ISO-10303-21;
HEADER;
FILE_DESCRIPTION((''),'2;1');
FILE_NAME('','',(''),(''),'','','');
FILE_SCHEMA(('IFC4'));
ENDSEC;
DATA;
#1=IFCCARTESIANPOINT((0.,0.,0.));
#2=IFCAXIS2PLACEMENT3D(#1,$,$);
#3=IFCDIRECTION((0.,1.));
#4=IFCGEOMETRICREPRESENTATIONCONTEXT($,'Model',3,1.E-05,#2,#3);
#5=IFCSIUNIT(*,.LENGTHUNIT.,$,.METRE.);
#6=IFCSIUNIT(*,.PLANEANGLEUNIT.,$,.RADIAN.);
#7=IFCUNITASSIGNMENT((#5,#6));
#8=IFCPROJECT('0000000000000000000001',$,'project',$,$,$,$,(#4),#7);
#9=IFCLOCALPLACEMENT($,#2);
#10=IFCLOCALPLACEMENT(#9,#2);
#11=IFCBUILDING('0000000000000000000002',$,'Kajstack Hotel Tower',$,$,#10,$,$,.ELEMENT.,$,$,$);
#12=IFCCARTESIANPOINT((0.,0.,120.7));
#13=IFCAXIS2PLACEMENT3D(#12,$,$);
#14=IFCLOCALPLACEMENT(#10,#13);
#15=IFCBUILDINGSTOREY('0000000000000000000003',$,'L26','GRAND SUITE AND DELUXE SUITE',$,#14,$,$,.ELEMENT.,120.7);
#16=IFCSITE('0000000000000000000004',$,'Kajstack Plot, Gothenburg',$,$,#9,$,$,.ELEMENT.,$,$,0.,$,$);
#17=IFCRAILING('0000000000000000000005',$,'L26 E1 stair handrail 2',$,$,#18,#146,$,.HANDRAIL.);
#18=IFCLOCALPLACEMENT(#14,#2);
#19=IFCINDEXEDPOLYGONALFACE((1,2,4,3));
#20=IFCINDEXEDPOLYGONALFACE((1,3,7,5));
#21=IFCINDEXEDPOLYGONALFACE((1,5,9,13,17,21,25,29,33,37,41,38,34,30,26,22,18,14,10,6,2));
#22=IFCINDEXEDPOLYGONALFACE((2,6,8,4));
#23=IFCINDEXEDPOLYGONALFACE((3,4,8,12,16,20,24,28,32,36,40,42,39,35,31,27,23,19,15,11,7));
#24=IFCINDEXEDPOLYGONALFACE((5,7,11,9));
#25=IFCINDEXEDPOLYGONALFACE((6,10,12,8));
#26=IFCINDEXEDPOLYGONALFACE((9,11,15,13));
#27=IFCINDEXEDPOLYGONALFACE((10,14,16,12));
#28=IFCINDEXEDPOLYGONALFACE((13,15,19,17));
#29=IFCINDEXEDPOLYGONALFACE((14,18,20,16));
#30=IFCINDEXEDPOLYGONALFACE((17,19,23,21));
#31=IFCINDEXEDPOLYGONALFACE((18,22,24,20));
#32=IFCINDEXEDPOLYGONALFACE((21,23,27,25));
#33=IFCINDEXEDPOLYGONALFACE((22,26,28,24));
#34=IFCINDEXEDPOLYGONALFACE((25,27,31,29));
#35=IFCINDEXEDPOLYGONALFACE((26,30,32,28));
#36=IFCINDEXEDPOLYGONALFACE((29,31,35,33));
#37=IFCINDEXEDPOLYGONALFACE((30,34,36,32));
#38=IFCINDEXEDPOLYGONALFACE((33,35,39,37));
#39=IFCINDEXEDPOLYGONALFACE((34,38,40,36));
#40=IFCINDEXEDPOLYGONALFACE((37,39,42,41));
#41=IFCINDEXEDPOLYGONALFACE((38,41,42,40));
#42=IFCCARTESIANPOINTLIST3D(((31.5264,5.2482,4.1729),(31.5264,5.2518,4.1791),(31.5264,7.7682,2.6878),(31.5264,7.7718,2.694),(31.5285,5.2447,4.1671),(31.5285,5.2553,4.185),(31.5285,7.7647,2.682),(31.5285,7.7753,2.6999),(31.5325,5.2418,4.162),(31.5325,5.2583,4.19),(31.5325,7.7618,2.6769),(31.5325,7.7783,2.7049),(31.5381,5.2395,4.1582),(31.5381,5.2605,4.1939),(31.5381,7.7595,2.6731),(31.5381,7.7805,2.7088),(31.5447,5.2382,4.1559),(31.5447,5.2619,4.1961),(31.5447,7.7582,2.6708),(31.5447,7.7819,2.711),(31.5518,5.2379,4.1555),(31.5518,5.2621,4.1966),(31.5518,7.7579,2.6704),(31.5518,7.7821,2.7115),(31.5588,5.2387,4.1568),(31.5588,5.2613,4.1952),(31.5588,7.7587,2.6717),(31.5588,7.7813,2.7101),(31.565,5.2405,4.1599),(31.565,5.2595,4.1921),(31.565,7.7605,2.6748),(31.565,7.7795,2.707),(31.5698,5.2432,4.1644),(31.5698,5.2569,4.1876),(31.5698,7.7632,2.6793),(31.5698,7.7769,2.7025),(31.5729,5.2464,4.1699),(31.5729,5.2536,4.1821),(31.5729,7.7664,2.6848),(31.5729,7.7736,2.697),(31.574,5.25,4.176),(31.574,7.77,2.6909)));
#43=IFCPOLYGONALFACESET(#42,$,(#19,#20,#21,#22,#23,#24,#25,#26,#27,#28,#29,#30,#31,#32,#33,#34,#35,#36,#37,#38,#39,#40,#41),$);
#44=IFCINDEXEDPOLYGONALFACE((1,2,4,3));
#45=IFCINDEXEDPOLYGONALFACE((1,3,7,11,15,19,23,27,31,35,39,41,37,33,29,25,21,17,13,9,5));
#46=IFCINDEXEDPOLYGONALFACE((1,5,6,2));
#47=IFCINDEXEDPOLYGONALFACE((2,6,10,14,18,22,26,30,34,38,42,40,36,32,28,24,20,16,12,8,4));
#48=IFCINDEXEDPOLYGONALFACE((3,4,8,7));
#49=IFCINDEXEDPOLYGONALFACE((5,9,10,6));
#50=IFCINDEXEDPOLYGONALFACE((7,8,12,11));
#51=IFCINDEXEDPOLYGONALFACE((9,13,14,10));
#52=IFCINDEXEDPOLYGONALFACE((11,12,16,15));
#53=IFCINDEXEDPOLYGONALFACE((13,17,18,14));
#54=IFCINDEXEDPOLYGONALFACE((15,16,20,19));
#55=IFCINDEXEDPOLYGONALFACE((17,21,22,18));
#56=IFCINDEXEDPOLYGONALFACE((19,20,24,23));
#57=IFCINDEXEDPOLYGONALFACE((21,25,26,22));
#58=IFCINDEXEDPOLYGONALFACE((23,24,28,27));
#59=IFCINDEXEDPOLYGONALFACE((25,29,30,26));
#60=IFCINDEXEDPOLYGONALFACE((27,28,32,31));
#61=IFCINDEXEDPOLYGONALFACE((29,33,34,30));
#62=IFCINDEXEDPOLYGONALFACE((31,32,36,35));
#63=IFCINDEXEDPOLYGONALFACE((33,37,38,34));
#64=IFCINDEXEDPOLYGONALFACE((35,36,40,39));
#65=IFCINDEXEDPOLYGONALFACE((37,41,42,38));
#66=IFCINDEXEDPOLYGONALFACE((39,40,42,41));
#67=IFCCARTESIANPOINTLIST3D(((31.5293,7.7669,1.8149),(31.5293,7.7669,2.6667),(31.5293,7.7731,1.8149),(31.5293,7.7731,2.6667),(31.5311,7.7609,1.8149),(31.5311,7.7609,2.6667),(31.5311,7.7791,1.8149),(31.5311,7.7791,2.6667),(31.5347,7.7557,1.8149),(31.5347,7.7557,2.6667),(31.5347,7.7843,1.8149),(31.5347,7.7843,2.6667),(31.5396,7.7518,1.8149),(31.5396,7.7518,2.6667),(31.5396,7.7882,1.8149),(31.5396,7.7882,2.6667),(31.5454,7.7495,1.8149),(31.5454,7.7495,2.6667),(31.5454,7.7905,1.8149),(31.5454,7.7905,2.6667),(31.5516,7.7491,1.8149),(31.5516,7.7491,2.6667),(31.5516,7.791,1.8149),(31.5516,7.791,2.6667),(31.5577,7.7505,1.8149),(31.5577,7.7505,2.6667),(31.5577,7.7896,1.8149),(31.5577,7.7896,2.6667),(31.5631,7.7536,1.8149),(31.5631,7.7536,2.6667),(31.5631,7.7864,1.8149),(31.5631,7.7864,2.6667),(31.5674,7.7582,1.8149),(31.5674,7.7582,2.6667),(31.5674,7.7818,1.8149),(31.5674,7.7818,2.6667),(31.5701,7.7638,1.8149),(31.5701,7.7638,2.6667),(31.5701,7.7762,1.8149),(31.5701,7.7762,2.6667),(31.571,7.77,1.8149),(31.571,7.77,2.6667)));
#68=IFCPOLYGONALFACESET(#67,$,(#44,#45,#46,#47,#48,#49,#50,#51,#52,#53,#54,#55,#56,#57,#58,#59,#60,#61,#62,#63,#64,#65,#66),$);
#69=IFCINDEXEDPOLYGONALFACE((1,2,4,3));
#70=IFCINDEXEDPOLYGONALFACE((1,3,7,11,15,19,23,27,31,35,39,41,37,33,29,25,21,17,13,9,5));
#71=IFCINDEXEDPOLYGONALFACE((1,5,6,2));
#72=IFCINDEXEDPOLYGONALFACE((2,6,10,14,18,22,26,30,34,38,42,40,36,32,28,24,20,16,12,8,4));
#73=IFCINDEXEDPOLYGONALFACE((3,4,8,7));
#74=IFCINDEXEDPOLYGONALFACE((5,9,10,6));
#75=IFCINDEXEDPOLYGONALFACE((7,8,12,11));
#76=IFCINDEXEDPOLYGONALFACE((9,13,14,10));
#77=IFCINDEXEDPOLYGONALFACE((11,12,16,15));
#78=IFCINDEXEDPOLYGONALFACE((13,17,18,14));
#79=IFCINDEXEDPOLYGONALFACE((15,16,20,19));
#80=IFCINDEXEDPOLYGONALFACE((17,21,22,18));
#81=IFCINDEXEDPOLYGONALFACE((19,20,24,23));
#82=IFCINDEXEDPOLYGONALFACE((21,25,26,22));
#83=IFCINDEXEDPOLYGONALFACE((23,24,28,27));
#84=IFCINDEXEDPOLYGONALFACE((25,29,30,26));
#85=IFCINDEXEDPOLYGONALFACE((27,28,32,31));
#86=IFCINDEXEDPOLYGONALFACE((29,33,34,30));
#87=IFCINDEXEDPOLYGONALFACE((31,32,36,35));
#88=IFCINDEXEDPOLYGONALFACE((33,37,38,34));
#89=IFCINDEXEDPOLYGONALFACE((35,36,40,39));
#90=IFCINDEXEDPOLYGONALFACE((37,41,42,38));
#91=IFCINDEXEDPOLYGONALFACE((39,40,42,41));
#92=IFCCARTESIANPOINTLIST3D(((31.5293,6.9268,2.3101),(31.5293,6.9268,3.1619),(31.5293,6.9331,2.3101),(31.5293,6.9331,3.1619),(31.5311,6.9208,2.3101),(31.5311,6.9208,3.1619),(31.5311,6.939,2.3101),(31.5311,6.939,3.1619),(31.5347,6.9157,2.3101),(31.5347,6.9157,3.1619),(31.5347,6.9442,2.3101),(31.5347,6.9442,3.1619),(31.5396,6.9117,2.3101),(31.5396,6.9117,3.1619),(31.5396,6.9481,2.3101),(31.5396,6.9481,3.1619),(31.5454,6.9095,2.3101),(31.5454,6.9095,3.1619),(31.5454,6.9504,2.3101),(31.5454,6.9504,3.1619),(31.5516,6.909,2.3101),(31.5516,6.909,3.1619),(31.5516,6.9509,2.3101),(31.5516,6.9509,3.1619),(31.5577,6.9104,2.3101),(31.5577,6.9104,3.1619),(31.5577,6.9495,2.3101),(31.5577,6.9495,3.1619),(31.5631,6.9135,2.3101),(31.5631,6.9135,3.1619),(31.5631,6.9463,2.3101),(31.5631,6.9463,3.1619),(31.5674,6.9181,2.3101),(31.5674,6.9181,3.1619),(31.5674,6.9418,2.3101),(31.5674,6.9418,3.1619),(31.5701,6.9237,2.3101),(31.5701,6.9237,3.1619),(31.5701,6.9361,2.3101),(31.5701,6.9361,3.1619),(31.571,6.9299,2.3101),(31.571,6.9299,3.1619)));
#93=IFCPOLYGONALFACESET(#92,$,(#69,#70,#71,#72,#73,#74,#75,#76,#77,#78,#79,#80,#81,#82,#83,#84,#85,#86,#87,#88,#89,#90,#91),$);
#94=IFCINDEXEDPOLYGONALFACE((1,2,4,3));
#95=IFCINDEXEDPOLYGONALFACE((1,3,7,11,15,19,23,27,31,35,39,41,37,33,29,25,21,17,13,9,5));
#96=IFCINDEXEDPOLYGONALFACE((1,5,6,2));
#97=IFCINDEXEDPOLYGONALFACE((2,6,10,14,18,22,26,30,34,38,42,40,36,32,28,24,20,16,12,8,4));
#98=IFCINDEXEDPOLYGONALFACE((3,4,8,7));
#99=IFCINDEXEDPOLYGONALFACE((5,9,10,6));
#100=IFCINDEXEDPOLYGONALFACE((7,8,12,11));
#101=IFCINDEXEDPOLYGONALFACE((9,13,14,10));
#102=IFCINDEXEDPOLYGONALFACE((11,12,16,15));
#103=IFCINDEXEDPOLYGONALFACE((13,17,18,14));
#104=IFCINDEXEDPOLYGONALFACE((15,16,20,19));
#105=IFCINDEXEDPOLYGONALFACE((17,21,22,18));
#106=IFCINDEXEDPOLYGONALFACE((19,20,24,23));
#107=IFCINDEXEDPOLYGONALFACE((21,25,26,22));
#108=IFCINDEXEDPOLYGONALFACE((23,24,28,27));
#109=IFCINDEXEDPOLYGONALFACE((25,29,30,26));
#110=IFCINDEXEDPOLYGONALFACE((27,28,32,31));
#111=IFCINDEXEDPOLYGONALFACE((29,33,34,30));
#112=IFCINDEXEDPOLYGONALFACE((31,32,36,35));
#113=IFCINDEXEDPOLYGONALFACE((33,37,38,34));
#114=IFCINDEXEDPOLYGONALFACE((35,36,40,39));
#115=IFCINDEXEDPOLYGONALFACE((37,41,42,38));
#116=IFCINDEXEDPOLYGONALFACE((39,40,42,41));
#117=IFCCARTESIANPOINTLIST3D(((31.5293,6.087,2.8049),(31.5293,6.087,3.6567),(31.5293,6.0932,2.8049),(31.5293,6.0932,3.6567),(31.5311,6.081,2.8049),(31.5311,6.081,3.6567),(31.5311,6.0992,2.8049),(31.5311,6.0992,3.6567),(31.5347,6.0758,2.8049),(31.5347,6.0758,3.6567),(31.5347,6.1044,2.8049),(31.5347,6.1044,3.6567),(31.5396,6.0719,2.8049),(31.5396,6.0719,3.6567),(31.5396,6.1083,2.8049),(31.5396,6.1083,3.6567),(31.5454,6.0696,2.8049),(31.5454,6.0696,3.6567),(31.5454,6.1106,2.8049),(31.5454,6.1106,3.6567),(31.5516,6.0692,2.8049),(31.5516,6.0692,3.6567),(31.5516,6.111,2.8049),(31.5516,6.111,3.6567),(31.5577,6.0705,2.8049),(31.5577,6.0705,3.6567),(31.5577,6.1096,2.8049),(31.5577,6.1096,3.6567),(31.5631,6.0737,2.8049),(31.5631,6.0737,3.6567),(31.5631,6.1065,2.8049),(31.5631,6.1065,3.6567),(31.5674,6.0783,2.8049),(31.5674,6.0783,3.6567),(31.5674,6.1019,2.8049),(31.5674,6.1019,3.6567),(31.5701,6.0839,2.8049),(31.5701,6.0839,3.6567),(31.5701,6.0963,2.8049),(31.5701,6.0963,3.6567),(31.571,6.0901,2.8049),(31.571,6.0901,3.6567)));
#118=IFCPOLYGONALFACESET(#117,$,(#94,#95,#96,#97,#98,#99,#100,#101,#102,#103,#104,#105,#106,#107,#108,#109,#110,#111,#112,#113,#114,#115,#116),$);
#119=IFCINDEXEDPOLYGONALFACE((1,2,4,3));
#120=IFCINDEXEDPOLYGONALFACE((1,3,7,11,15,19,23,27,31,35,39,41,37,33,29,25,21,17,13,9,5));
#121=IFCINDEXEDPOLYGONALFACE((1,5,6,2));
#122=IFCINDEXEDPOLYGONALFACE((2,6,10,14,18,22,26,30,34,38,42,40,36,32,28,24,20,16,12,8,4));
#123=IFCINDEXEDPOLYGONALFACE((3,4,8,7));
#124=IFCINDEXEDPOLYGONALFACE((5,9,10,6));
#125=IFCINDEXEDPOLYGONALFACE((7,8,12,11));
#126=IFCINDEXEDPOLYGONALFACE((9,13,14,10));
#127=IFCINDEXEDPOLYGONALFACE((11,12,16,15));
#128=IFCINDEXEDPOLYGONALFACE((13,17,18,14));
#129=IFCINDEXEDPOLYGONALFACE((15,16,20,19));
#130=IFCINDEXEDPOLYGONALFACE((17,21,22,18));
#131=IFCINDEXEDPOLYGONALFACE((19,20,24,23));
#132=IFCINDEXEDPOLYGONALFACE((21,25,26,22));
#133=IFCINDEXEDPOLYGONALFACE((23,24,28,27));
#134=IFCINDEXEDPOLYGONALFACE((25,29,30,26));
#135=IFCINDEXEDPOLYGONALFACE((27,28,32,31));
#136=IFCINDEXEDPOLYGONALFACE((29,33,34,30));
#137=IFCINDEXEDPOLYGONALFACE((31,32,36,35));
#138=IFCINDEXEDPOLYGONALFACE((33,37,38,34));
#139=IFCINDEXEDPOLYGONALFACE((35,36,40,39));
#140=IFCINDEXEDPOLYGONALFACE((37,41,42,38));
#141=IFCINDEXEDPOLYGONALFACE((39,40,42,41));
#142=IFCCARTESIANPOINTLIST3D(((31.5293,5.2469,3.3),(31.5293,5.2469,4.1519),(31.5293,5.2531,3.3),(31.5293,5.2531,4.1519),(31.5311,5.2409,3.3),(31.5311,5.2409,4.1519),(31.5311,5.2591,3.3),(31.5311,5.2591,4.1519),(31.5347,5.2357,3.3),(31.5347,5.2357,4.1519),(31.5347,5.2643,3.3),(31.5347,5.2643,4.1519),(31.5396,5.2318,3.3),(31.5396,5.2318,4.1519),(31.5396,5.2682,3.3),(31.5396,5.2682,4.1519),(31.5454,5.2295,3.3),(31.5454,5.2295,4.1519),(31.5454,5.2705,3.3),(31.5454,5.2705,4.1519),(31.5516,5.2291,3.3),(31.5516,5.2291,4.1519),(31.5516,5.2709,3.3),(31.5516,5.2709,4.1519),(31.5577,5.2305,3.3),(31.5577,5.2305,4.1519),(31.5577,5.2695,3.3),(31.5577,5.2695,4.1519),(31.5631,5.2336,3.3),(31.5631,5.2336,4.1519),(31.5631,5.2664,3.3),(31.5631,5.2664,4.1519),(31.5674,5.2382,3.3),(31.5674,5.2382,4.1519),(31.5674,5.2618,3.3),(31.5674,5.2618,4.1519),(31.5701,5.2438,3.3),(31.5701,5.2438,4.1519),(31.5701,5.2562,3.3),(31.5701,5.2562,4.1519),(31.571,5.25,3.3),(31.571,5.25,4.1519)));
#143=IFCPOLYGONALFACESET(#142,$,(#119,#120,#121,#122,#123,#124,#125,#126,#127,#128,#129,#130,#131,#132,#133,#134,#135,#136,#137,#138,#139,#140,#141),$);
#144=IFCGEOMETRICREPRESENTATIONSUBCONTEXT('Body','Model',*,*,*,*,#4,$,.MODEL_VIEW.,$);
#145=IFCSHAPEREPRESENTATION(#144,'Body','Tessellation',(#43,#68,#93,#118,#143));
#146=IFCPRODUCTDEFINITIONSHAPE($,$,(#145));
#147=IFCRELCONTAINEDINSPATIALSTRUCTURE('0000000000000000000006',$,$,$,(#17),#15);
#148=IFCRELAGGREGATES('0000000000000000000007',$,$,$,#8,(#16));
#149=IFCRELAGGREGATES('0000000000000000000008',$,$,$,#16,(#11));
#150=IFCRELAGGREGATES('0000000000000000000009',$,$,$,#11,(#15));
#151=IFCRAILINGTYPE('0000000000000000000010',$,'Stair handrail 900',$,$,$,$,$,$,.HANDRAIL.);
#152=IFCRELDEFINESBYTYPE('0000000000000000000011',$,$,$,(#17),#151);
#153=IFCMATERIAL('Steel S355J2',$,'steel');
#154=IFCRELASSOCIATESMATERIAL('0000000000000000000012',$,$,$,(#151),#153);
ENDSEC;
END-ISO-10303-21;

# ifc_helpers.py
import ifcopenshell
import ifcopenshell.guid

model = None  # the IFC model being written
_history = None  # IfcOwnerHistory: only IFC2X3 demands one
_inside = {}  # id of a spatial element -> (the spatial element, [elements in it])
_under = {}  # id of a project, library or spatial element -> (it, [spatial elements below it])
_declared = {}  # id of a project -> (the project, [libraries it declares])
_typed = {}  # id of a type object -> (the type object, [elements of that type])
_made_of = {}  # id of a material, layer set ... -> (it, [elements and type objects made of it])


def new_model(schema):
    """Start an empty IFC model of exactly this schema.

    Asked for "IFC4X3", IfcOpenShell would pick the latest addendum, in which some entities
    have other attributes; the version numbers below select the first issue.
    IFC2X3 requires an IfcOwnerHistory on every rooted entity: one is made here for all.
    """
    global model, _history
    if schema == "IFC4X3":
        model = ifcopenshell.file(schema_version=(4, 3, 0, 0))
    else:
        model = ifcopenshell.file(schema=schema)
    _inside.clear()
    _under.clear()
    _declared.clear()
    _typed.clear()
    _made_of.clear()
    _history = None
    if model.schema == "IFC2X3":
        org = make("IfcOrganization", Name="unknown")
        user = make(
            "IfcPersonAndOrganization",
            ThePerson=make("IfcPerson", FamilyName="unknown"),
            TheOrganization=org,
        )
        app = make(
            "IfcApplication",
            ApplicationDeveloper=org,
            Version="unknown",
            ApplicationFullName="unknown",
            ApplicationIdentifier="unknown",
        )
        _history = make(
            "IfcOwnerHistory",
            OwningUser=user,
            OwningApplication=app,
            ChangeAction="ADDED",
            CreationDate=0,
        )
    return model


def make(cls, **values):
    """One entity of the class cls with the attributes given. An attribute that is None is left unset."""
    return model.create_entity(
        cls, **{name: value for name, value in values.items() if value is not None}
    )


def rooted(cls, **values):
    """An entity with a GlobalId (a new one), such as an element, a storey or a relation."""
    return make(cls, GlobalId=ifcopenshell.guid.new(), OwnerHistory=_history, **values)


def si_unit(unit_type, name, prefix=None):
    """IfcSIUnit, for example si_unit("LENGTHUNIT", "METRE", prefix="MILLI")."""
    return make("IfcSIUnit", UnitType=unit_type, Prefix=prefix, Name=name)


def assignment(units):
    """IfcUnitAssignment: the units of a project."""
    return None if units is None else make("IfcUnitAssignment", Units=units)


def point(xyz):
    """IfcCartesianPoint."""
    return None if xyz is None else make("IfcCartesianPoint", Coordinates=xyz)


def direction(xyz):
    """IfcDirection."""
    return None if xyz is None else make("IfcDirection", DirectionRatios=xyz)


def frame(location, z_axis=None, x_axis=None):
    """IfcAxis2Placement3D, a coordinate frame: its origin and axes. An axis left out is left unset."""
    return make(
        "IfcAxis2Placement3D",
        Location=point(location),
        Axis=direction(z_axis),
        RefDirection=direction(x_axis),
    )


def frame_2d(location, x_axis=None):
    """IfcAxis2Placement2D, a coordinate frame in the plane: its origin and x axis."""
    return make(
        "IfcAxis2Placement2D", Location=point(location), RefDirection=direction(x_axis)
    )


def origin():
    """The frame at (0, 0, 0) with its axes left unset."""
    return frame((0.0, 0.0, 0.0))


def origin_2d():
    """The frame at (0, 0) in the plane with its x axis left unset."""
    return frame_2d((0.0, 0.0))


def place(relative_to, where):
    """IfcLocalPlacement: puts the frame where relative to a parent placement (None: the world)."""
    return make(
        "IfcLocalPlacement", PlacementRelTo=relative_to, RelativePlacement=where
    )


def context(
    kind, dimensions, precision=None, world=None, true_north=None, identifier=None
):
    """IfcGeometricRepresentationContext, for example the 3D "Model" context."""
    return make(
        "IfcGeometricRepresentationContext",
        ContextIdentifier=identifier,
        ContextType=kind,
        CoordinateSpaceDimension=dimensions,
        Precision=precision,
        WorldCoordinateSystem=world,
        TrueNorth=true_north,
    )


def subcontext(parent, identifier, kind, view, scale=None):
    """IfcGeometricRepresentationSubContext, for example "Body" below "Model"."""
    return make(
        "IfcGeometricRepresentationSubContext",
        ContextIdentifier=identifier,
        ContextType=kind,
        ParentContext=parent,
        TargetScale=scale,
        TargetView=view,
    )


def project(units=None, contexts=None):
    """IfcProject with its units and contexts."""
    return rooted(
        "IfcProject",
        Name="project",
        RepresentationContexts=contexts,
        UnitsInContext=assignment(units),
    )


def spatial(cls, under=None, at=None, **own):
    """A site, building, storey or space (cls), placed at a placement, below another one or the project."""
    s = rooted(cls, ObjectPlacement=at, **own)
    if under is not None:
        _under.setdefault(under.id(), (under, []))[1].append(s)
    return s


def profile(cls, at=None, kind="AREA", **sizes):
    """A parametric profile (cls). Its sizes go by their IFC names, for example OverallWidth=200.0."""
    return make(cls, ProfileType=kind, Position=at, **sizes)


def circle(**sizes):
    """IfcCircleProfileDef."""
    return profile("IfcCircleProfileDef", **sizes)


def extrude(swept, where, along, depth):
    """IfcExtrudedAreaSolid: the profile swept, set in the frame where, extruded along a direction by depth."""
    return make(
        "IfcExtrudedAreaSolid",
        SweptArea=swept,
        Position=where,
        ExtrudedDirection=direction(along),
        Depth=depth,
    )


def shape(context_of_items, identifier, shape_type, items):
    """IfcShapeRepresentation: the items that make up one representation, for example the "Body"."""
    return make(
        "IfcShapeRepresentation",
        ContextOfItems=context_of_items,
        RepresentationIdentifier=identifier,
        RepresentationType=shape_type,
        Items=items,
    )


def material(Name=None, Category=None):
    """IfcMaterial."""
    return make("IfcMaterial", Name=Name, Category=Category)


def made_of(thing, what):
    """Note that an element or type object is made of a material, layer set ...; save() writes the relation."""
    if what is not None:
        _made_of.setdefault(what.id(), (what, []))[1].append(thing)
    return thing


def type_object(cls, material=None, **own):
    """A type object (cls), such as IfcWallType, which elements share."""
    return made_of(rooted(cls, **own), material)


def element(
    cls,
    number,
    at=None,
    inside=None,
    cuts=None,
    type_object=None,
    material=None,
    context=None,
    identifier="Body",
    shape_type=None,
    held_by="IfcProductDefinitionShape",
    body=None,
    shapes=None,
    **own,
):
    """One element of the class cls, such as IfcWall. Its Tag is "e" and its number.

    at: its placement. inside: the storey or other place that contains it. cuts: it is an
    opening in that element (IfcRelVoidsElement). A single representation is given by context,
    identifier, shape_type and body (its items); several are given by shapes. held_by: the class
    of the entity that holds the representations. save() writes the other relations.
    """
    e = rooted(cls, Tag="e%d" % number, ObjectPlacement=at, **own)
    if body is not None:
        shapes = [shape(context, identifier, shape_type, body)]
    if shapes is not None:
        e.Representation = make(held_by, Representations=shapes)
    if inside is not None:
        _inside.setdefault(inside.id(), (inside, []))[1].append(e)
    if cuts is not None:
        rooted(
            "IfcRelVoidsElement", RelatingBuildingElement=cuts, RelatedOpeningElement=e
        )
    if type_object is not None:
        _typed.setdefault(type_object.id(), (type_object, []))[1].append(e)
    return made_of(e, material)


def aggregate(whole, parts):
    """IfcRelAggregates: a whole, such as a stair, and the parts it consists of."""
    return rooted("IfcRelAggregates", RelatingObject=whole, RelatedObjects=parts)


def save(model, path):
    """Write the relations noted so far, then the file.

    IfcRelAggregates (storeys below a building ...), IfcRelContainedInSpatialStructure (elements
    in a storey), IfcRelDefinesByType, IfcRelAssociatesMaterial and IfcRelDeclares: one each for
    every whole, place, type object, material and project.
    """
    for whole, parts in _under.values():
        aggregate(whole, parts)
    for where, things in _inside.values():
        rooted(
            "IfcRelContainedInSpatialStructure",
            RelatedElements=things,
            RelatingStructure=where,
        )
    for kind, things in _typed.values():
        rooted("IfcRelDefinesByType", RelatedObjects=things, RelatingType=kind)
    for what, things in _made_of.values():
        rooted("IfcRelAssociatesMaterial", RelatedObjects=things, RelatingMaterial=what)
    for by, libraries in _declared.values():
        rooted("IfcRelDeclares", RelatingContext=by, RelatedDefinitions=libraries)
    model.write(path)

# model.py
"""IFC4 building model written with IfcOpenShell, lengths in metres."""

from ifc_helpers import new_model, si_unit, direction, frame, origin, origin_2d, place, context, subcontext, project, spatial, circle, extrude, material, type_object, element, save


model = new_model("IFC4")

# Units and contexts
model_context = context("Model", 3, precision=1e-05, world=origin(), true_north=direction((0.0, 1.0)))
body_context = subcontext(model_context, "Body", "Model", "MODEL_VIEW")
ifc_project = project(units=[si_unit("LENGTHUNIT", "METRE"), si_unit("PLANEANGLEUNIT", "RADIAN")], contexts=[model_context])

# Site, building, storey
site_placement = place(None, origin())
site = spatial("IfcSite", under=ifc_project, at=site_placement, Name="Kajstack Plot, Gothenburg", CompositionType="ELEMENT", RefElevation=0.0)
building_placement = place(site_placement, origin())
building = spatial("IfcBuilding", under=site, at=building_placement, Name="Kajstack Hotel Tower", CompositionType="ELEMENT")
storey_placement = place(building_placement, frame((0.0, 0.0, 120.7)))
storey = spatial("IfcBuildingStorey", under=building, at=storey_placement, Name="L26", Description="GRAND SUITE AND DELUXE SUITE", CompositionType="ELEMENT", Elevation=120.7)

# Railing
ifc_material_1 = material(Name="Steel S355J2", Category="steel")
railing_type_1 = type_object("IfcRailingType", Name="Stair handrail 900", PredefinedType="HANDRAIL", material=ifc_material_1)
railing_1_placement = place(storey_placement, frame((31.55, 7.77, 1.8149)))
element("IfcRailing", 1, at=railing_1_placement, inside=storey, type_object=railing_type_1, Name="L26 E1 stair handrail 2", PredefinedType="HANDRAIL", context=body_context, shape_type="SweptSolid", body=[
    extrude(circle(Radius=0.0239, at=origin_2d()), frame((0.0, 0.0, 0.876), z_axis=(0.0, -0.861524, 0.507717), x_axis=(1.0, 0.0, 0.0)), (0.0, 0.0, 1.0), 2.925),
    extrude(circle(Radius=0.021, at=origin_2d()), origin(), (0.0, 0.0, 1.0), 0.8518),
    extrude(circle(Radius=0.021, at=origin_2d()), frame((0.0, -0.8401, 0.4951)), (0.0, 0.0, 1.0), 0.8518),
    extrude(circle(Radius=0.021, at=origin_2d()), frame((0.0, -1.6799, 0.99)), (0.0, 0.0, 1.0), 0.8518),
    extrude(circle(Radius=0.021, at=origin_2d()), frame((0.0, -2.52, 1.4851)), (0.0, 0.0, 1.0), 0.8518),
])

save(model, "model.ifc")
